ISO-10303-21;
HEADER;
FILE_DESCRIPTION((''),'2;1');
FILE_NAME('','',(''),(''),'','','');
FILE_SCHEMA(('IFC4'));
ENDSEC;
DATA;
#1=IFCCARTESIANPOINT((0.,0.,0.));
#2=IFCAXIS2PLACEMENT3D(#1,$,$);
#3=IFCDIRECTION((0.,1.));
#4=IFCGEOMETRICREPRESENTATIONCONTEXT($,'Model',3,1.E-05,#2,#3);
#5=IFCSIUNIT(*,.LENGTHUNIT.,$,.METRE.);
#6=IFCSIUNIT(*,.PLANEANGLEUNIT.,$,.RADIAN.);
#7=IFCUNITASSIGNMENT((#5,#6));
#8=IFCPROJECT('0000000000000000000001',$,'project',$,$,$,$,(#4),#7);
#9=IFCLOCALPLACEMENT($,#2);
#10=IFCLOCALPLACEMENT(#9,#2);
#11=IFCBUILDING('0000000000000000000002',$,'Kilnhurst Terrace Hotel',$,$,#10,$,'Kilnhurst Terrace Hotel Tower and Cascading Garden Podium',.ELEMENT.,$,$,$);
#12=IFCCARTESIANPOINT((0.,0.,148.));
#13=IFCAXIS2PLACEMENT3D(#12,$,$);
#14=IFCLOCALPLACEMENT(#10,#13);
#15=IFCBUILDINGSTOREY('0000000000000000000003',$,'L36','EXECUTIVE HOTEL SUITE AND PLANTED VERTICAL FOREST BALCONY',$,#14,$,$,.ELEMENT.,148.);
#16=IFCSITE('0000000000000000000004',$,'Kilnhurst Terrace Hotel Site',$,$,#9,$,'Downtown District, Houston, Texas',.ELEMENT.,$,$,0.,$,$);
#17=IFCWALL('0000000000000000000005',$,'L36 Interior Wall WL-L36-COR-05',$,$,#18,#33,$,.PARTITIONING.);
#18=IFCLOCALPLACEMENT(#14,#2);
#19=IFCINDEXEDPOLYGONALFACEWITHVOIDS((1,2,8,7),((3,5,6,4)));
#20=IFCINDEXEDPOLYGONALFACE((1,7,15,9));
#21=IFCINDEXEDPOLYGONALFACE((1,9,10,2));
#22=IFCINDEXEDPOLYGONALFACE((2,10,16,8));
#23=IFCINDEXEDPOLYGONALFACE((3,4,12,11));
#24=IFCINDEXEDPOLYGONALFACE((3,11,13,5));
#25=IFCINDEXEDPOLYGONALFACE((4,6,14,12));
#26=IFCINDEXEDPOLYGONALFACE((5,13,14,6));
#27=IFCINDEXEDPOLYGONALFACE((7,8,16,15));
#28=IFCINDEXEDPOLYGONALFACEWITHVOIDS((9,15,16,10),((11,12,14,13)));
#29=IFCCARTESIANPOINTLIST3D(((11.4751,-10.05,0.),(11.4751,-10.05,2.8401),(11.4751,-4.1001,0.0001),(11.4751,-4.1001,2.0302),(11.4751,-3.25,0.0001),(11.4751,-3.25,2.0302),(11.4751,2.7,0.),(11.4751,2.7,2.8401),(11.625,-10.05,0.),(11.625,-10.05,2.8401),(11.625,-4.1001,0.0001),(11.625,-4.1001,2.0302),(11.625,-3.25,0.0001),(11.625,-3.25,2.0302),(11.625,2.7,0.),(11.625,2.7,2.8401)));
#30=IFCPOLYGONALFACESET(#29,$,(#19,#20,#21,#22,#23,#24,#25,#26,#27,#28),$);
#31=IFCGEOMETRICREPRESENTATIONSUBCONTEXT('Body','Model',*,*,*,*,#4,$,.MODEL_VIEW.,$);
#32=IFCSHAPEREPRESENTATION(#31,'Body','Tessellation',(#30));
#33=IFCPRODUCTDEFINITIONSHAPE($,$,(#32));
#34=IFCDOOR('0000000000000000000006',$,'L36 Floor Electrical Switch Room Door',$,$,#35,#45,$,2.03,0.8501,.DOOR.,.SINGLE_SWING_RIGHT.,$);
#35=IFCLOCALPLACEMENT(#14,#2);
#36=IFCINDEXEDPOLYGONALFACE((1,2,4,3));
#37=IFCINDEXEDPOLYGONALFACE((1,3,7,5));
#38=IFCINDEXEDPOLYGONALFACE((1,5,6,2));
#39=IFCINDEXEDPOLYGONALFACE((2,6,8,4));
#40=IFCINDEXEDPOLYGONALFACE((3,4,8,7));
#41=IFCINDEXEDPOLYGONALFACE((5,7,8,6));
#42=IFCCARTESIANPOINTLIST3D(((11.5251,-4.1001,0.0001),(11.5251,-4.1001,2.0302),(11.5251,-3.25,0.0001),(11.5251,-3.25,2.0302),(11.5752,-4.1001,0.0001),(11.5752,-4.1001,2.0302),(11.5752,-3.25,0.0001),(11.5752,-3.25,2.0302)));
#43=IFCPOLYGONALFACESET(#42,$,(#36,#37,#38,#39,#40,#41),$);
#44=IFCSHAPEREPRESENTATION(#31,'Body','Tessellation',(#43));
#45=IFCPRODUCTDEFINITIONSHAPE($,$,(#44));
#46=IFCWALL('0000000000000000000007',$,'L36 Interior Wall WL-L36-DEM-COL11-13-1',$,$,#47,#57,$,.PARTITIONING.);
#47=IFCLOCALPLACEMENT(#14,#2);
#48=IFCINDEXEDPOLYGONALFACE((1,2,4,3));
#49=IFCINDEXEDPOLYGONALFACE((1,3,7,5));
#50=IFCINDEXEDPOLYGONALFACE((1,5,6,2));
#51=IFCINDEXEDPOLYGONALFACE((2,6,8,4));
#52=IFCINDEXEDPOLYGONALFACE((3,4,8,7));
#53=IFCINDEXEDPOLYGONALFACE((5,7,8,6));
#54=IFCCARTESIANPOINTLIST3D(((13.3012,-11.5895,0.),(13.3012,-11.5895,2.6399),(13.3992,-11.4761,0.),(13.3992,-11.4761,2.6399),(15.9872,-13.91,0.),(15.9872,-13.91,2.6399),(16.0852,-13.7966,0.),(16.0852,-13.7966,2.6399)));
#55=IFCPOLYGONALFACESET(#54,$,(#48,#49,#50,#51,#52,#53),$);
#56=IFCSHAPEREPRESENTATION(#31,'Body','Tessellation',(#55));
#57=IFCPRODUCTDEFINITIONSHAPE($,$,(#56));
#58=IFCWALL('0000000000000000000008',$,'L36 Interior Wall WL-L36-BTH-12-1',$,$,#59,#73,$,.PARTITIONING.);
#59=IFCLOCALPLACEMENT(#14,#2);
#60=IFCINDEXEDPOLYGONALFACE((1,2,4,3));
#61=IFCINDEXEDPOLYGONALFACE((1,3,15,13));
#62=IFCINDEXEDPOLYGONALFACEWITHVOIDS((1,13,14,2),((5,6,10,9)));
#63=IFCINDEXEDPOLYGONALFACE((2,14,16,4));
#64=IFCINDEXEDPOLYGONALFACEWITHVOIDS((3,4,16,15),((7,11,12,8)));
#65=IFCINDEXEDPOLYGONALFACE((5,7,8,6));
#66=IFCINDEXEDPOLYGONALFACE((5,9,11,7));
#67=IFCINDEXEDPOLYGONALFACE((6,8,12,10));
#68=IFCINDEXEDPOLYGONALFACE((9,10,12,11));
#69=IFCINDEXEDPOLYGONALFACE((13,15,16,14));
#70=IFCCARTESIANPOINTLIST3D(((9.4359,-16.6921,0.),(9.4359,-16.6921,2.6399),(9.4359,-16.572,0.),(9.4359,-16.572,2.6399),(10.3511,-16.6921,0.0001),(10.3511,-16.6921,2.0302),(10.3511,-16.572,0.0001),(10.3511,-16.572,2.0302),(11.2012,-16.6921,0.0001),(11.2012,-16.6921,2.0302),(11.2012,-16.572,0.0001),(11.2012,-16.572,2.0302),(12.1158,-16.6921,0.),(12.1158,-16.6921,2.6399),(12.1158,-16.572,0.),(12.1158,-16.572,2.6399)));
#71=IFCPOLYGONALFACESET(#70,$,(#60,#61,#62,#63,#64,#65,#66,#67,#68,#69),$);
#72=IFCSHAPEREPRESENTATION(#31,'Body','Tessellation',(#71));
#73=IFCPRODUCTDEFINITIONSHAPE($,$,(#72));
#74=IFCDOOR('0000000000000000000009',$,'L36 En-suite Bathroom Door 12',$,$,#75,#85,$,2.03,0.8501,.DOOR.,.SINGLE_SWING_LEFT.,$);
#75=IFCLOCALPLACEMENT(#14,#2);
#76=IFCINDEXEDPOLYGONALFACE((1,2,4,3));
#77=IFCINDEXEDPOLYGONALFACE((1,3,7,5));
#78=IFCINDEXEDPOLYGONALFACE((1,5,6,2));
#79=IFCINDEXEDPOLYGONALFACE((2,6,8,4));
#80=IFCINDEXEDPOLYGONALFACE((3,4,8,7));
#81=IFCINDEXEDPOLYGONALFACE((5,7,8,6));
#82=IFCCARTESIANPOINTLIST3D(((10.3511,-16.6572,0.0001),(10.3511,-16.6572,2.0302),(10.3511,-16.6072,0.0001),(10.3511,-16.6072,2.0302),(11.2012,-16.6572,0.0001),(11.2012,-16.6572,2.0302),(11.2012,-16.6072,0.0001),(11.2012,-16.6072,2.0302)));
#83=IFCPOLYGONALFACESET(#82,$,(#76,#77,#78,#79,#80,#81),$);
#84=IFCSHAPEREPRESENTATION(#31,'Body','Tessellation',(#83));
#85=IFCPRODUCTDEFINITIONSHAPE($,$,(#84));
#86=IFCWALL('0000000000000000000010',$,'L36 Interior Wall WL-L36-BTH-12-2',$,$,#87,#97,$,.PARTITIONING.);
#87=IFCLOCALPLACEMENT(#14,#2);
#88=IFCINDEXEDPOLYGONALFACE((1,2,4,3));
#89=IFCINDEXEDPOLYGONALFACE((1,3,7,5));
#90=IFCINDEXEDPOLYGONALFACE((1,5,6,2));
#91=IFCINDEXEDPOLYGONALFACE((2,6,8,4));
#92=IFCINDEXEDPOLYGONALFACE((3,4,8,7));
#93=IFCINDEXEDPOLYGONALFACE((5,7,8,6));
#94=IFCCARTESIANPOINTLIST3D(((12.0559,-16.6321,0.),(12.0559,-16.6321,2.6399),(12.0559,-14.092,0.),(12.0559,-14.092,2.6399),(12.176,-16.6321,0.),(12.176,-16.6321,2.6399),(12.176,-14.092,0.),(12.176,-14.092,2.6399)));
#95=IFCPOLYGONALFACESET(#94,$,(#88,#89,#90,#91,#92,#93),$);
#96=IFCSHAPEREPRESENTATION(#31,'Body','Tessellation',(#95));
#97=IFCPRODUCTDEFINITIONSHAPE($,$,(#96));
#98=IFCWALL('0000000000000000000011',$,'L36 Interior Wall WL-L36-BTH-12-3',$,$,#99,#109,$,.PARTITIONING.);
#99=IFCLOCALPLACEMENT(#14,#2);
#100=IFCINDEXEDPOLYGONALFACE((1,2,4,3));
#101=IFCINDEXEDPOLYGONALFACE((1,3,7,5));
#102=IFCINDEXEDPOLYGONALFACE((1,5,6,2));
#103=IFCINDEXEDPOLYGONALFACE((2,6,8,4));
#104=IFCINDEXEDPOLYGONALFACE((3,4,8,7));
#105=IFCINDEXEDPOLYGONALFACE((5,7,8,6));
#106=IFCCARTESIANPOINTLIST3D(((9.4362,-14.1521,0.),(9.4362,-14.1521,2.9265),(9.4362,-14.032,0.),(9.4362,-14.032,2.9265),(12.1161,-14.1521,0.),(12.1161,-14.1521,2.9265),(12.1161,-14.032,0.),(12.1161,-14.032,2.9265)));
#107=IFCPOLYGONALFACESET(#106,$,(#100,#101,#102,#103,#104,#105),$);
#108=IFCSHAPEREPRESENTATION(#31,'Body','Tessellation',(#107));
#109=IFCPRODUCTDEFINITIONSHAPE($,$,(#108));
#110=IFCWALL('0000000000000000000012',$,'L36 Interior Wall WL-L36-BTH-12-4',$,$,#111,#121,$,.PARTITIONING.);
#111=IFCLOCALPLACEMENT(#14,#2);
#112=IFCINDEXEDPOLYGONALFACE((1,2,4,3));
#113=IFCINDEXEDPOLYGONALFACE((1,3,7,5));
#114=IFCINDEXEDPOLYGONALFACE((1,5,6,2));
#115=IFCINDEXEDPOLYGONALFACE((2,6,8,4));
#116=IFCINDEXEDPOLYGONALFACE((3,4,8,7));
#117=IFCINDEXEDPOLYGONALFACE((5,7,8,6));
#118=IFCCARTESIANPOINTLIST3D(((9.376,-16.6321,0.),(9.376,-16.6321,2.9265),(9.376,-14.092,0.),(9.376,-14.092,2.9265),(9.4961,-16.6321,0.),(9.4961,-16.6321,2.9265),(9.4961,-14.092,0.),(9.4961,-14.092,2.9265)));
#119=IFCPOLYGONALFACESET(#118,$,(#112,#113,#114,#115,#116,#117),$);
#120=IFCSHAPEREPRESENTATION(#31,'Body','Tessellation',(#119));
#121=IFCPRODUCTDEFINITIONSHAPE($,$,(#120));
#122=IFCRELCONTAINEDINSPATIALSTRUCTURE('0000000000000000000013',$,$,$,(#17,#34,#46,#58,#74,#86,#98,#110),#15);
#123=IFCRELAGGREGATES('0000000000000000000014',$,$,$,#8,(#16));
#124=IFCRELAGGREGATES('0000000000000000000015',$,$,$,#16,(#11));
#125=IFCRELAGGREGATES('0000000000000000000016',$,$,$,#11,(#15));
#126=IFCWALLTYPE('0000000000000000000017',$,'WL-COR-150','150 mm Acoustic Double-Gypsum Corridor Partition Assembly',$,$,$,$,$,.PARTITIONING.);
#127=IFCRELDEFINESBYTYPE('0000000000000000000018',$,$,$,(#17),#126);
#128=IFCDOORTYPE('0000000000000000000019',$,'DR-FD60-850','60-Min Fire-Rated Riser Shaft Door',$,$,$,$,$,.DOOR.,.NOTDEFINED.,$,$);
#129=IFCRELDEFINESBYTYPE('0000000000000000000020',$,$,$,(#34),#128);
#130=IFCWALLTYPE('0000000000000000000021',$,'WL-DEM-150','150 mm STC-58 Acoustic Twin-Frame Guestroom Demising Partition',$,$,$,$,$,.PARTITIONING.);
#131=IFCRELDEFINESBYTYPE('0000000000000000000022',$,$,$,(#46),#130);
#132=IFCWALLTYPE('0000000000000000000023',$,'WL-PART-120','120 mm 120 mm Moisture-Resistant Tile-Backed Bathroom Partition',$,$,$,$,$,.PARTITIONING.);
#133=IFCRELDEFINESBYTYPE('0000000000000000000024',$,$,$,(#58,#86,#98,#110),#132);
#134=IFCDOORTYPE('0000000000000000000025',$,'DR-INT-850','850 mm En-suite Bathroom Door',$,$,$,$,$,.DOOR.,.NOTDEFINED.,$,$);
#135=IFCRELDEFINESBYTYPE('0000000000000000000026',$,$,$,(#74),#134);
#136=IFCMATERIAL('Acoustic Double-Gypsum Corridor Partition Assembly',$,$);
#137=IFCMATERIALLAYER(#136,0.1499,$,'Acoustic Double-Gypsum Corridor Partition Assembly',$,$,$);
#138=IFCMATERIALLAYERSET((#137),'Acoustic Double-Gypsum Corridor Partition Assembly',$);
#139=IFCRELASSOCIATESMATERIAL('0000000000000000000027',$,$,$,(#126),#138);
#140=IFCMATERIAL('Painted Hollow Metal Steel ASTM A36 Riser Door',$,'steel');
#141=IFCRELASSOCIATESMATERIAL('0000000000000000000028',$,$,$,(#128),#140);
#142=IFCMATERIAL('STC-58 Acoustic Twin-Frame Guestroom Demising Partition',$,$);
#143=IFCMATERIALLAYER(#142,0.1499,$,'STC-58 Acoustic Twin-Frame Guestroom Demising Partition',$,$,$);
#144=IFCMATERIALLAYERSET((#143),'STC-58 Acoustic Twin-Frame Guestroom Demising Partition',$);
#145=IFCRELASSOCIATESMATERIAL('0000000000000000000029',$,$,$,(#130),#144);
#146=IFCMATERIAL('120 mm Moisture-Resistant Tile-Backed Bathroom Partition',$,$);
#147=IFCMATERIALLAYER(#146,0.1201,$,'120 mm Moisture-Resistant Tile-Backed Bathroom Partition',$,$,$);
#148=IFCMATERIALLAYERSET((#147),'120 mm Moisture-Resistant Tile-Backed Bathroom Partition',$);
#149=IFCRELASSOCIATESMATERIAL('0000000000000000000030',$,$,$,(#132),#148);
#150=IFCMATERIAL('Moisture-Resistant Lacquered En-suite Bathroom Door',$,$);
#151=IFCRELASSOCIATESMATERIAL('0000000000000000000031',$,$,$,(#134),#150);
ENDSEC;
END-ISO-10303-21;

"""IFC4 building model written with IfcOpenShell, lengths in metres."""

from ifc_helpers import new_model, si_unit, direction, frame, frame_2d, origin, place, context, subcontext, project, spatial, rectangle, extrude, material, layer, layer_set, type_object, element, fill, save


model = new_model("IFC4")

# Units and contexts
model_context = context("Model", 3, precision=1e-05, world=origin(), true_north=direction((0.0, 1.0)))
body_context = subcontext(model_context, "Body", "Model", "MODEL_VIEW")
ifc_project = project(units=[si_unit("LENGTHUNIT", "METRE"), si_unit("PLANEANGLEUNIT", "RADIAN")], contexts=[model_context])

# Site, building, storey
site_placement = place(None, origin())
site = spatial("IfcSite", under=ifc_project, at=site_placement, Name="Kilnhurst Terrace Hotel Site", LongName="Downtown District, Houston, Texas", CompositionType="ELEMENT", RefElevation=0.0)
building_placement = place(site_placement, origin())
building = spatial("IfcBuilding", under=site, at=building_placement, Name="Kilnhurst Terrace Hotel", LongName="Kilnhurst Terrace Hotel Tower and Cascading Garden Podium", CompositionType="ELEMENT")
storey_placement = place(building_placement, frame((0.0, 0.0, 148.0)))
storey = spatial("IfcBuildingStorey", under=building, at=storey_placement, Name="L36", Description="EXECUTIVE HOTEL SUITE AND PLANTED VERTICAL FOREST BALCONY", CompositionType="ELEMENT", Elevation=148.0)

# Shared definitions
ifc_material_1 = material(Name="Acoustic Double-Gypsum Corridor Partition Assembly")
ifc_layer_1 = layer(ifc_material_1, 0.1499, Name="Acoustic Double-Gypsum Corridor Partition Assembly")
ifc_layer_set_1 = layer_set([ifc_layer_1], Name="Acoustic Double-Gypsum Corridor Partition Assembly")
wall_type_1 = type_object("IfcWallType", Name="WL-COR-150", Description="150 mm Acoustic Double-Gypsum Corridor Partition Assembly", PredefinedType="PARTITIONING", material=ifc_layer_set_1)

# Wall, opening, door
wall_1_placement = place(storey_placement, frame((11.55, -10.05, 0.0), z_axis=(0.0, 0.0, 1.0), x_axis=(0.0, 1.0, 0.0)))
wall_1 = element("IfcWall", 1, at=wall_1_placement, inside=storey, type_object=wall_type_1, Name="L36 Interior Wall WL-L36-COR-05", PredefinedType="PARTITIONING", context=body_context, shape_type="SweptSolid", body=[
    extrude(rectangle(XDim=12.75, YDim=0.1499, at=frame_2d((6.375, 0.0))), origin(), (0.0, 0.0, 1.0), 2.8401),
])
opening_1_placement = place(wall_1_placement, frame((5.95, 0.0, 0.0)))
opening_1 = element("IfcOpeningElement", 2, at=opening_1_placement, cuts=wall_1, PredefinedType="OPENING", context=body_context, shape_type="SweptSolid", body=[
    extrude(rectangle(XDim=0.8501, YDim=2.03, at=frame_2d((0.425, 1.0151))), frame((0.0, 0.085, 0.0), z_axis=(0.0, -1.0, 0.0), x_axis=(1.0, 0.0, 0.0)), (0.0, 0.0, 1.0), 0.1699),
])
ifc_material_2 = material(Name="Painted Hollow Metal Steel ASTM A36 Riser Door", Category="steel")
door_type_1 = type_object("IfcDoorType", Name="DR-FD60-850", Description="60-Min Fire-Rated Riser Shaft Door", OperationType="NOTDEFINED", PredefinedType="DOOR", material=ifc_material_2)
door_1_placement = place(opening_1_placement, origin())
door_1 = element("IfcDoor", 3, at=door_1_placement, inside=storey, type_object=door_type_1, Name="L36 Floor Electrical Switch Room Door", OperationType="SINGLE_SWING_RIGHT", OverallHeight=2.03, OverallWidth=0.8501, PredefinedType="DOOR", context=body_context, shape_type="SweptSolid", body=[
    extrude(rectangle(XDim=0.8501, YDim=2.03, at=frame_2d((0.425, 1.0151))), frame((0.0, 0.0249, 0.0), z_axis=(0.0, -1.0, 0.0), x_axis=(1.0, 0.0, 0.0)), (0.0, 0.0, 1.0), 0.05),
])
fill(opening_1, door_1)

# Wall
ifc_material_3 = material(Name="STC-58 Acoustic Twin-Frame Guestroom Demising Partition")
ifc_layer_2 = layer(ifc_material_3, 0.1499, Name="STC-58 Acoustic Twin-Frame Guestroom Demising Partition")
ifc_layer_set_2 = layer_set([ifc_layer_2], Name="STC-58 Acoustic Twin-Frame Guestroom Demising Partition")
wall_type_2 = type_object("IfcWallType", Name="WL-DEM-150", Description="150 mm STC-58 Acoustic Twin-Frame Guestroom Demising Partition", PredefinedType="PARTITIONING", material=ifc_layer_set_2)
wall_2_placement = place(storey_placement, frame((13.3501, -11.5327, 0.0), z_axis=(0.0, 0.0, 1.0), x_axis=(0.756712, -0.653749, 0.0)))
element("IfcWall", 4, at=wall_2_placement, inside=storey, type_object=wall_type_2, Name="L36 Interior Wall WL-L36-DEM-COL11-13-1", PredefinedType="PARTITIONING", context=body_context, shape_type="SweptSolid", body=[
    extrude(rectangle(XDim=3.5496, YDim=0.1499, at=frame_2d((1.7749, 0.0))), origin(), (0.0, 0.0, 1.0), 2.6399),
])

# Wall, opening, door
ifc_material_4 = material(Name="120 mm Moisture-Resistant Tile-Backed Bathroom Partition")
ifc_layer_3 = layer(ifc_material_4, 0.1201, Name="120 mm Moisture-Resistant Tile-Backed Bathroom Partition")
ifc_layer_set_3 = layer_set([ifc_layer_3], Name="120 mm Moisture-Resistant Tile-Backed Bathroom Partition")
wall_type_3 = type_object("IfcWallType", Name="WL-PART-120", Description="120 mm 120 mm Moisture-Resistant Tile-Backed Bathroom Partition", PredefinedType="PARTITIONING", material=ifc_layer_set_3)
wall_3_placement = place(storey_placement, frame((9.436, -16.6321, 0.0), z_axis=(0.0, 0.0, 1.0), x_axis=(1.0, 0.0, 0.0)))
wall_3 = element("IfcWall", 5, at=wall_3_placement, inside=storey, type_object=wall_type_3, Name="L36 Interior Wall WL-L36-BTH-12-1", PredefinedType="PARTITIONING", context=body_context, shape_type="SweptSolid", body=[
    extrude(rectangle(XDim=2.6799, YDim=0.1201, at=frame_2d((1.3398, 0.0))), origin(), (0.0, 0.0, 1.0), 2.6399),
])
opening_2_placement = place(wall_3_placement, frame((0.915, 0.0, 0.0)))
opening_2 = element("IfcOpeningElement", 6, at=opening_2_placement, cuts=wall_3, PredefinedType="OPENING", context=body_context, shape_type="SweptSolid", body=[
    extrude(rectangle(XDim=0.8501, YDim=2.03, at=frame_2d((0.425, 1.0151))), frame((0.0, 0.0701, 0.0), z_axis=(0.0, -1.0, 0.0), x_axis=(1.0, 0.0, 0.0)), (0.0, 0.0, 1.0), 0.1401),
])
ifc_material_5 = material(Name="Moisture-Resistant Lacquered En-suite Bathroom Door")
door_type_2 = type_object("IfcDoorType", Name="DR-INT-850", Description="850 mm En-suite Bathroom Door", OperationType="NOTDEFINED", PredefinedType="DOOR", material=ifc_material_5)
door_2_placement = place(opening_2_placement, origin())
door_2 = element("IfcDoor", 7, at=door_2_placement, inside=storey, type_object=door_type_2, Name="L36 En-suite Bathroom Door 12", OperationType="SINGLE_SWING_LEFT", OverallHeight=2.03, OverallWidth=0.8501, PredefinedType="DOOR", context=body_context, shape_type="SweptSolid", body=[
    extrude(rectangle(XDim=0.8501, YDim=2.03, at=frame_2d((0.425, 1.0151))), frame((0.0, 0.0249, 0.0), z_axis=(0.0, -1.0, 0.0), x_axis=(1.0, 0.0, 0.0)), (0.0, 0.0, 1.0), 0.05),
])
fill(opening_2, door_2)

# Walls
wall_4_placement = place(storey_placement, frame((12.116, -16.6321, 0.0), z_axis=(0.0, 0.0, 1.0), x_axis=(0.0, 1.0, 0.0)))
element("IfcWall", 8, at=wall_4_placement, inside=storey, type_object=wall_type_3, Name="L36 Interior Wall WL-L36-BTH-12-2", PredefinedType="PARTITIONING", context=body_context, shape_type="SweptSolid", body=[
    extrude(rectangle(XDim=2.54, YDim=0.1201, at=frame_2d((1.27, 0.0))), origin(), (0.0, 0.0, 1.0), 2.6399),
])
wall_5_placement = place(storey_placement, frame((12.116, -14.092, 0.0), z_axis=(0.0, 0.0, 1.0), x_axis=(-1.0, 0.0, 0.0)))
element("IfcWall", 9, at=wall_5_placement, inside=storey, type_object=wall_type_3, Name="L36 Interior Wall WL-L36-BTH-12-3", PredefinedType="PARTITIONING", context=body_context, shape_type="SweptSolid", body=[
    extrude(rectangle(XDim=2.6799, YDim=0.1201, at=frame_2d((1.3398, 0.0))), origin(), (0.0, 0.0, 1.0), 2.9265),
])
wall_6_placement = place(storey_placement, frame((9.436, -14.092, 0.0), z_axis=(0.0, 0.0, 1.0), x_axis=(0.0, -1.0, 0.0)))
element("IfcWall", 10, at=wall_6_placement, inside=storey, type_object=wall_type_3, Name="L36 Interior Wall WL-L36-BTH-12-4", PredefinedType="PARTITIONING", context=body_context, shape_type="SweptSolid", body=[
    extrude(rectangle(XDim=2.54, YDim=0.1201, at=frame_2d((1.27, 0.0))), origin(), (0.0, 0.0, 1.0), 2.9265),
])

save(model, "model.ifc")
